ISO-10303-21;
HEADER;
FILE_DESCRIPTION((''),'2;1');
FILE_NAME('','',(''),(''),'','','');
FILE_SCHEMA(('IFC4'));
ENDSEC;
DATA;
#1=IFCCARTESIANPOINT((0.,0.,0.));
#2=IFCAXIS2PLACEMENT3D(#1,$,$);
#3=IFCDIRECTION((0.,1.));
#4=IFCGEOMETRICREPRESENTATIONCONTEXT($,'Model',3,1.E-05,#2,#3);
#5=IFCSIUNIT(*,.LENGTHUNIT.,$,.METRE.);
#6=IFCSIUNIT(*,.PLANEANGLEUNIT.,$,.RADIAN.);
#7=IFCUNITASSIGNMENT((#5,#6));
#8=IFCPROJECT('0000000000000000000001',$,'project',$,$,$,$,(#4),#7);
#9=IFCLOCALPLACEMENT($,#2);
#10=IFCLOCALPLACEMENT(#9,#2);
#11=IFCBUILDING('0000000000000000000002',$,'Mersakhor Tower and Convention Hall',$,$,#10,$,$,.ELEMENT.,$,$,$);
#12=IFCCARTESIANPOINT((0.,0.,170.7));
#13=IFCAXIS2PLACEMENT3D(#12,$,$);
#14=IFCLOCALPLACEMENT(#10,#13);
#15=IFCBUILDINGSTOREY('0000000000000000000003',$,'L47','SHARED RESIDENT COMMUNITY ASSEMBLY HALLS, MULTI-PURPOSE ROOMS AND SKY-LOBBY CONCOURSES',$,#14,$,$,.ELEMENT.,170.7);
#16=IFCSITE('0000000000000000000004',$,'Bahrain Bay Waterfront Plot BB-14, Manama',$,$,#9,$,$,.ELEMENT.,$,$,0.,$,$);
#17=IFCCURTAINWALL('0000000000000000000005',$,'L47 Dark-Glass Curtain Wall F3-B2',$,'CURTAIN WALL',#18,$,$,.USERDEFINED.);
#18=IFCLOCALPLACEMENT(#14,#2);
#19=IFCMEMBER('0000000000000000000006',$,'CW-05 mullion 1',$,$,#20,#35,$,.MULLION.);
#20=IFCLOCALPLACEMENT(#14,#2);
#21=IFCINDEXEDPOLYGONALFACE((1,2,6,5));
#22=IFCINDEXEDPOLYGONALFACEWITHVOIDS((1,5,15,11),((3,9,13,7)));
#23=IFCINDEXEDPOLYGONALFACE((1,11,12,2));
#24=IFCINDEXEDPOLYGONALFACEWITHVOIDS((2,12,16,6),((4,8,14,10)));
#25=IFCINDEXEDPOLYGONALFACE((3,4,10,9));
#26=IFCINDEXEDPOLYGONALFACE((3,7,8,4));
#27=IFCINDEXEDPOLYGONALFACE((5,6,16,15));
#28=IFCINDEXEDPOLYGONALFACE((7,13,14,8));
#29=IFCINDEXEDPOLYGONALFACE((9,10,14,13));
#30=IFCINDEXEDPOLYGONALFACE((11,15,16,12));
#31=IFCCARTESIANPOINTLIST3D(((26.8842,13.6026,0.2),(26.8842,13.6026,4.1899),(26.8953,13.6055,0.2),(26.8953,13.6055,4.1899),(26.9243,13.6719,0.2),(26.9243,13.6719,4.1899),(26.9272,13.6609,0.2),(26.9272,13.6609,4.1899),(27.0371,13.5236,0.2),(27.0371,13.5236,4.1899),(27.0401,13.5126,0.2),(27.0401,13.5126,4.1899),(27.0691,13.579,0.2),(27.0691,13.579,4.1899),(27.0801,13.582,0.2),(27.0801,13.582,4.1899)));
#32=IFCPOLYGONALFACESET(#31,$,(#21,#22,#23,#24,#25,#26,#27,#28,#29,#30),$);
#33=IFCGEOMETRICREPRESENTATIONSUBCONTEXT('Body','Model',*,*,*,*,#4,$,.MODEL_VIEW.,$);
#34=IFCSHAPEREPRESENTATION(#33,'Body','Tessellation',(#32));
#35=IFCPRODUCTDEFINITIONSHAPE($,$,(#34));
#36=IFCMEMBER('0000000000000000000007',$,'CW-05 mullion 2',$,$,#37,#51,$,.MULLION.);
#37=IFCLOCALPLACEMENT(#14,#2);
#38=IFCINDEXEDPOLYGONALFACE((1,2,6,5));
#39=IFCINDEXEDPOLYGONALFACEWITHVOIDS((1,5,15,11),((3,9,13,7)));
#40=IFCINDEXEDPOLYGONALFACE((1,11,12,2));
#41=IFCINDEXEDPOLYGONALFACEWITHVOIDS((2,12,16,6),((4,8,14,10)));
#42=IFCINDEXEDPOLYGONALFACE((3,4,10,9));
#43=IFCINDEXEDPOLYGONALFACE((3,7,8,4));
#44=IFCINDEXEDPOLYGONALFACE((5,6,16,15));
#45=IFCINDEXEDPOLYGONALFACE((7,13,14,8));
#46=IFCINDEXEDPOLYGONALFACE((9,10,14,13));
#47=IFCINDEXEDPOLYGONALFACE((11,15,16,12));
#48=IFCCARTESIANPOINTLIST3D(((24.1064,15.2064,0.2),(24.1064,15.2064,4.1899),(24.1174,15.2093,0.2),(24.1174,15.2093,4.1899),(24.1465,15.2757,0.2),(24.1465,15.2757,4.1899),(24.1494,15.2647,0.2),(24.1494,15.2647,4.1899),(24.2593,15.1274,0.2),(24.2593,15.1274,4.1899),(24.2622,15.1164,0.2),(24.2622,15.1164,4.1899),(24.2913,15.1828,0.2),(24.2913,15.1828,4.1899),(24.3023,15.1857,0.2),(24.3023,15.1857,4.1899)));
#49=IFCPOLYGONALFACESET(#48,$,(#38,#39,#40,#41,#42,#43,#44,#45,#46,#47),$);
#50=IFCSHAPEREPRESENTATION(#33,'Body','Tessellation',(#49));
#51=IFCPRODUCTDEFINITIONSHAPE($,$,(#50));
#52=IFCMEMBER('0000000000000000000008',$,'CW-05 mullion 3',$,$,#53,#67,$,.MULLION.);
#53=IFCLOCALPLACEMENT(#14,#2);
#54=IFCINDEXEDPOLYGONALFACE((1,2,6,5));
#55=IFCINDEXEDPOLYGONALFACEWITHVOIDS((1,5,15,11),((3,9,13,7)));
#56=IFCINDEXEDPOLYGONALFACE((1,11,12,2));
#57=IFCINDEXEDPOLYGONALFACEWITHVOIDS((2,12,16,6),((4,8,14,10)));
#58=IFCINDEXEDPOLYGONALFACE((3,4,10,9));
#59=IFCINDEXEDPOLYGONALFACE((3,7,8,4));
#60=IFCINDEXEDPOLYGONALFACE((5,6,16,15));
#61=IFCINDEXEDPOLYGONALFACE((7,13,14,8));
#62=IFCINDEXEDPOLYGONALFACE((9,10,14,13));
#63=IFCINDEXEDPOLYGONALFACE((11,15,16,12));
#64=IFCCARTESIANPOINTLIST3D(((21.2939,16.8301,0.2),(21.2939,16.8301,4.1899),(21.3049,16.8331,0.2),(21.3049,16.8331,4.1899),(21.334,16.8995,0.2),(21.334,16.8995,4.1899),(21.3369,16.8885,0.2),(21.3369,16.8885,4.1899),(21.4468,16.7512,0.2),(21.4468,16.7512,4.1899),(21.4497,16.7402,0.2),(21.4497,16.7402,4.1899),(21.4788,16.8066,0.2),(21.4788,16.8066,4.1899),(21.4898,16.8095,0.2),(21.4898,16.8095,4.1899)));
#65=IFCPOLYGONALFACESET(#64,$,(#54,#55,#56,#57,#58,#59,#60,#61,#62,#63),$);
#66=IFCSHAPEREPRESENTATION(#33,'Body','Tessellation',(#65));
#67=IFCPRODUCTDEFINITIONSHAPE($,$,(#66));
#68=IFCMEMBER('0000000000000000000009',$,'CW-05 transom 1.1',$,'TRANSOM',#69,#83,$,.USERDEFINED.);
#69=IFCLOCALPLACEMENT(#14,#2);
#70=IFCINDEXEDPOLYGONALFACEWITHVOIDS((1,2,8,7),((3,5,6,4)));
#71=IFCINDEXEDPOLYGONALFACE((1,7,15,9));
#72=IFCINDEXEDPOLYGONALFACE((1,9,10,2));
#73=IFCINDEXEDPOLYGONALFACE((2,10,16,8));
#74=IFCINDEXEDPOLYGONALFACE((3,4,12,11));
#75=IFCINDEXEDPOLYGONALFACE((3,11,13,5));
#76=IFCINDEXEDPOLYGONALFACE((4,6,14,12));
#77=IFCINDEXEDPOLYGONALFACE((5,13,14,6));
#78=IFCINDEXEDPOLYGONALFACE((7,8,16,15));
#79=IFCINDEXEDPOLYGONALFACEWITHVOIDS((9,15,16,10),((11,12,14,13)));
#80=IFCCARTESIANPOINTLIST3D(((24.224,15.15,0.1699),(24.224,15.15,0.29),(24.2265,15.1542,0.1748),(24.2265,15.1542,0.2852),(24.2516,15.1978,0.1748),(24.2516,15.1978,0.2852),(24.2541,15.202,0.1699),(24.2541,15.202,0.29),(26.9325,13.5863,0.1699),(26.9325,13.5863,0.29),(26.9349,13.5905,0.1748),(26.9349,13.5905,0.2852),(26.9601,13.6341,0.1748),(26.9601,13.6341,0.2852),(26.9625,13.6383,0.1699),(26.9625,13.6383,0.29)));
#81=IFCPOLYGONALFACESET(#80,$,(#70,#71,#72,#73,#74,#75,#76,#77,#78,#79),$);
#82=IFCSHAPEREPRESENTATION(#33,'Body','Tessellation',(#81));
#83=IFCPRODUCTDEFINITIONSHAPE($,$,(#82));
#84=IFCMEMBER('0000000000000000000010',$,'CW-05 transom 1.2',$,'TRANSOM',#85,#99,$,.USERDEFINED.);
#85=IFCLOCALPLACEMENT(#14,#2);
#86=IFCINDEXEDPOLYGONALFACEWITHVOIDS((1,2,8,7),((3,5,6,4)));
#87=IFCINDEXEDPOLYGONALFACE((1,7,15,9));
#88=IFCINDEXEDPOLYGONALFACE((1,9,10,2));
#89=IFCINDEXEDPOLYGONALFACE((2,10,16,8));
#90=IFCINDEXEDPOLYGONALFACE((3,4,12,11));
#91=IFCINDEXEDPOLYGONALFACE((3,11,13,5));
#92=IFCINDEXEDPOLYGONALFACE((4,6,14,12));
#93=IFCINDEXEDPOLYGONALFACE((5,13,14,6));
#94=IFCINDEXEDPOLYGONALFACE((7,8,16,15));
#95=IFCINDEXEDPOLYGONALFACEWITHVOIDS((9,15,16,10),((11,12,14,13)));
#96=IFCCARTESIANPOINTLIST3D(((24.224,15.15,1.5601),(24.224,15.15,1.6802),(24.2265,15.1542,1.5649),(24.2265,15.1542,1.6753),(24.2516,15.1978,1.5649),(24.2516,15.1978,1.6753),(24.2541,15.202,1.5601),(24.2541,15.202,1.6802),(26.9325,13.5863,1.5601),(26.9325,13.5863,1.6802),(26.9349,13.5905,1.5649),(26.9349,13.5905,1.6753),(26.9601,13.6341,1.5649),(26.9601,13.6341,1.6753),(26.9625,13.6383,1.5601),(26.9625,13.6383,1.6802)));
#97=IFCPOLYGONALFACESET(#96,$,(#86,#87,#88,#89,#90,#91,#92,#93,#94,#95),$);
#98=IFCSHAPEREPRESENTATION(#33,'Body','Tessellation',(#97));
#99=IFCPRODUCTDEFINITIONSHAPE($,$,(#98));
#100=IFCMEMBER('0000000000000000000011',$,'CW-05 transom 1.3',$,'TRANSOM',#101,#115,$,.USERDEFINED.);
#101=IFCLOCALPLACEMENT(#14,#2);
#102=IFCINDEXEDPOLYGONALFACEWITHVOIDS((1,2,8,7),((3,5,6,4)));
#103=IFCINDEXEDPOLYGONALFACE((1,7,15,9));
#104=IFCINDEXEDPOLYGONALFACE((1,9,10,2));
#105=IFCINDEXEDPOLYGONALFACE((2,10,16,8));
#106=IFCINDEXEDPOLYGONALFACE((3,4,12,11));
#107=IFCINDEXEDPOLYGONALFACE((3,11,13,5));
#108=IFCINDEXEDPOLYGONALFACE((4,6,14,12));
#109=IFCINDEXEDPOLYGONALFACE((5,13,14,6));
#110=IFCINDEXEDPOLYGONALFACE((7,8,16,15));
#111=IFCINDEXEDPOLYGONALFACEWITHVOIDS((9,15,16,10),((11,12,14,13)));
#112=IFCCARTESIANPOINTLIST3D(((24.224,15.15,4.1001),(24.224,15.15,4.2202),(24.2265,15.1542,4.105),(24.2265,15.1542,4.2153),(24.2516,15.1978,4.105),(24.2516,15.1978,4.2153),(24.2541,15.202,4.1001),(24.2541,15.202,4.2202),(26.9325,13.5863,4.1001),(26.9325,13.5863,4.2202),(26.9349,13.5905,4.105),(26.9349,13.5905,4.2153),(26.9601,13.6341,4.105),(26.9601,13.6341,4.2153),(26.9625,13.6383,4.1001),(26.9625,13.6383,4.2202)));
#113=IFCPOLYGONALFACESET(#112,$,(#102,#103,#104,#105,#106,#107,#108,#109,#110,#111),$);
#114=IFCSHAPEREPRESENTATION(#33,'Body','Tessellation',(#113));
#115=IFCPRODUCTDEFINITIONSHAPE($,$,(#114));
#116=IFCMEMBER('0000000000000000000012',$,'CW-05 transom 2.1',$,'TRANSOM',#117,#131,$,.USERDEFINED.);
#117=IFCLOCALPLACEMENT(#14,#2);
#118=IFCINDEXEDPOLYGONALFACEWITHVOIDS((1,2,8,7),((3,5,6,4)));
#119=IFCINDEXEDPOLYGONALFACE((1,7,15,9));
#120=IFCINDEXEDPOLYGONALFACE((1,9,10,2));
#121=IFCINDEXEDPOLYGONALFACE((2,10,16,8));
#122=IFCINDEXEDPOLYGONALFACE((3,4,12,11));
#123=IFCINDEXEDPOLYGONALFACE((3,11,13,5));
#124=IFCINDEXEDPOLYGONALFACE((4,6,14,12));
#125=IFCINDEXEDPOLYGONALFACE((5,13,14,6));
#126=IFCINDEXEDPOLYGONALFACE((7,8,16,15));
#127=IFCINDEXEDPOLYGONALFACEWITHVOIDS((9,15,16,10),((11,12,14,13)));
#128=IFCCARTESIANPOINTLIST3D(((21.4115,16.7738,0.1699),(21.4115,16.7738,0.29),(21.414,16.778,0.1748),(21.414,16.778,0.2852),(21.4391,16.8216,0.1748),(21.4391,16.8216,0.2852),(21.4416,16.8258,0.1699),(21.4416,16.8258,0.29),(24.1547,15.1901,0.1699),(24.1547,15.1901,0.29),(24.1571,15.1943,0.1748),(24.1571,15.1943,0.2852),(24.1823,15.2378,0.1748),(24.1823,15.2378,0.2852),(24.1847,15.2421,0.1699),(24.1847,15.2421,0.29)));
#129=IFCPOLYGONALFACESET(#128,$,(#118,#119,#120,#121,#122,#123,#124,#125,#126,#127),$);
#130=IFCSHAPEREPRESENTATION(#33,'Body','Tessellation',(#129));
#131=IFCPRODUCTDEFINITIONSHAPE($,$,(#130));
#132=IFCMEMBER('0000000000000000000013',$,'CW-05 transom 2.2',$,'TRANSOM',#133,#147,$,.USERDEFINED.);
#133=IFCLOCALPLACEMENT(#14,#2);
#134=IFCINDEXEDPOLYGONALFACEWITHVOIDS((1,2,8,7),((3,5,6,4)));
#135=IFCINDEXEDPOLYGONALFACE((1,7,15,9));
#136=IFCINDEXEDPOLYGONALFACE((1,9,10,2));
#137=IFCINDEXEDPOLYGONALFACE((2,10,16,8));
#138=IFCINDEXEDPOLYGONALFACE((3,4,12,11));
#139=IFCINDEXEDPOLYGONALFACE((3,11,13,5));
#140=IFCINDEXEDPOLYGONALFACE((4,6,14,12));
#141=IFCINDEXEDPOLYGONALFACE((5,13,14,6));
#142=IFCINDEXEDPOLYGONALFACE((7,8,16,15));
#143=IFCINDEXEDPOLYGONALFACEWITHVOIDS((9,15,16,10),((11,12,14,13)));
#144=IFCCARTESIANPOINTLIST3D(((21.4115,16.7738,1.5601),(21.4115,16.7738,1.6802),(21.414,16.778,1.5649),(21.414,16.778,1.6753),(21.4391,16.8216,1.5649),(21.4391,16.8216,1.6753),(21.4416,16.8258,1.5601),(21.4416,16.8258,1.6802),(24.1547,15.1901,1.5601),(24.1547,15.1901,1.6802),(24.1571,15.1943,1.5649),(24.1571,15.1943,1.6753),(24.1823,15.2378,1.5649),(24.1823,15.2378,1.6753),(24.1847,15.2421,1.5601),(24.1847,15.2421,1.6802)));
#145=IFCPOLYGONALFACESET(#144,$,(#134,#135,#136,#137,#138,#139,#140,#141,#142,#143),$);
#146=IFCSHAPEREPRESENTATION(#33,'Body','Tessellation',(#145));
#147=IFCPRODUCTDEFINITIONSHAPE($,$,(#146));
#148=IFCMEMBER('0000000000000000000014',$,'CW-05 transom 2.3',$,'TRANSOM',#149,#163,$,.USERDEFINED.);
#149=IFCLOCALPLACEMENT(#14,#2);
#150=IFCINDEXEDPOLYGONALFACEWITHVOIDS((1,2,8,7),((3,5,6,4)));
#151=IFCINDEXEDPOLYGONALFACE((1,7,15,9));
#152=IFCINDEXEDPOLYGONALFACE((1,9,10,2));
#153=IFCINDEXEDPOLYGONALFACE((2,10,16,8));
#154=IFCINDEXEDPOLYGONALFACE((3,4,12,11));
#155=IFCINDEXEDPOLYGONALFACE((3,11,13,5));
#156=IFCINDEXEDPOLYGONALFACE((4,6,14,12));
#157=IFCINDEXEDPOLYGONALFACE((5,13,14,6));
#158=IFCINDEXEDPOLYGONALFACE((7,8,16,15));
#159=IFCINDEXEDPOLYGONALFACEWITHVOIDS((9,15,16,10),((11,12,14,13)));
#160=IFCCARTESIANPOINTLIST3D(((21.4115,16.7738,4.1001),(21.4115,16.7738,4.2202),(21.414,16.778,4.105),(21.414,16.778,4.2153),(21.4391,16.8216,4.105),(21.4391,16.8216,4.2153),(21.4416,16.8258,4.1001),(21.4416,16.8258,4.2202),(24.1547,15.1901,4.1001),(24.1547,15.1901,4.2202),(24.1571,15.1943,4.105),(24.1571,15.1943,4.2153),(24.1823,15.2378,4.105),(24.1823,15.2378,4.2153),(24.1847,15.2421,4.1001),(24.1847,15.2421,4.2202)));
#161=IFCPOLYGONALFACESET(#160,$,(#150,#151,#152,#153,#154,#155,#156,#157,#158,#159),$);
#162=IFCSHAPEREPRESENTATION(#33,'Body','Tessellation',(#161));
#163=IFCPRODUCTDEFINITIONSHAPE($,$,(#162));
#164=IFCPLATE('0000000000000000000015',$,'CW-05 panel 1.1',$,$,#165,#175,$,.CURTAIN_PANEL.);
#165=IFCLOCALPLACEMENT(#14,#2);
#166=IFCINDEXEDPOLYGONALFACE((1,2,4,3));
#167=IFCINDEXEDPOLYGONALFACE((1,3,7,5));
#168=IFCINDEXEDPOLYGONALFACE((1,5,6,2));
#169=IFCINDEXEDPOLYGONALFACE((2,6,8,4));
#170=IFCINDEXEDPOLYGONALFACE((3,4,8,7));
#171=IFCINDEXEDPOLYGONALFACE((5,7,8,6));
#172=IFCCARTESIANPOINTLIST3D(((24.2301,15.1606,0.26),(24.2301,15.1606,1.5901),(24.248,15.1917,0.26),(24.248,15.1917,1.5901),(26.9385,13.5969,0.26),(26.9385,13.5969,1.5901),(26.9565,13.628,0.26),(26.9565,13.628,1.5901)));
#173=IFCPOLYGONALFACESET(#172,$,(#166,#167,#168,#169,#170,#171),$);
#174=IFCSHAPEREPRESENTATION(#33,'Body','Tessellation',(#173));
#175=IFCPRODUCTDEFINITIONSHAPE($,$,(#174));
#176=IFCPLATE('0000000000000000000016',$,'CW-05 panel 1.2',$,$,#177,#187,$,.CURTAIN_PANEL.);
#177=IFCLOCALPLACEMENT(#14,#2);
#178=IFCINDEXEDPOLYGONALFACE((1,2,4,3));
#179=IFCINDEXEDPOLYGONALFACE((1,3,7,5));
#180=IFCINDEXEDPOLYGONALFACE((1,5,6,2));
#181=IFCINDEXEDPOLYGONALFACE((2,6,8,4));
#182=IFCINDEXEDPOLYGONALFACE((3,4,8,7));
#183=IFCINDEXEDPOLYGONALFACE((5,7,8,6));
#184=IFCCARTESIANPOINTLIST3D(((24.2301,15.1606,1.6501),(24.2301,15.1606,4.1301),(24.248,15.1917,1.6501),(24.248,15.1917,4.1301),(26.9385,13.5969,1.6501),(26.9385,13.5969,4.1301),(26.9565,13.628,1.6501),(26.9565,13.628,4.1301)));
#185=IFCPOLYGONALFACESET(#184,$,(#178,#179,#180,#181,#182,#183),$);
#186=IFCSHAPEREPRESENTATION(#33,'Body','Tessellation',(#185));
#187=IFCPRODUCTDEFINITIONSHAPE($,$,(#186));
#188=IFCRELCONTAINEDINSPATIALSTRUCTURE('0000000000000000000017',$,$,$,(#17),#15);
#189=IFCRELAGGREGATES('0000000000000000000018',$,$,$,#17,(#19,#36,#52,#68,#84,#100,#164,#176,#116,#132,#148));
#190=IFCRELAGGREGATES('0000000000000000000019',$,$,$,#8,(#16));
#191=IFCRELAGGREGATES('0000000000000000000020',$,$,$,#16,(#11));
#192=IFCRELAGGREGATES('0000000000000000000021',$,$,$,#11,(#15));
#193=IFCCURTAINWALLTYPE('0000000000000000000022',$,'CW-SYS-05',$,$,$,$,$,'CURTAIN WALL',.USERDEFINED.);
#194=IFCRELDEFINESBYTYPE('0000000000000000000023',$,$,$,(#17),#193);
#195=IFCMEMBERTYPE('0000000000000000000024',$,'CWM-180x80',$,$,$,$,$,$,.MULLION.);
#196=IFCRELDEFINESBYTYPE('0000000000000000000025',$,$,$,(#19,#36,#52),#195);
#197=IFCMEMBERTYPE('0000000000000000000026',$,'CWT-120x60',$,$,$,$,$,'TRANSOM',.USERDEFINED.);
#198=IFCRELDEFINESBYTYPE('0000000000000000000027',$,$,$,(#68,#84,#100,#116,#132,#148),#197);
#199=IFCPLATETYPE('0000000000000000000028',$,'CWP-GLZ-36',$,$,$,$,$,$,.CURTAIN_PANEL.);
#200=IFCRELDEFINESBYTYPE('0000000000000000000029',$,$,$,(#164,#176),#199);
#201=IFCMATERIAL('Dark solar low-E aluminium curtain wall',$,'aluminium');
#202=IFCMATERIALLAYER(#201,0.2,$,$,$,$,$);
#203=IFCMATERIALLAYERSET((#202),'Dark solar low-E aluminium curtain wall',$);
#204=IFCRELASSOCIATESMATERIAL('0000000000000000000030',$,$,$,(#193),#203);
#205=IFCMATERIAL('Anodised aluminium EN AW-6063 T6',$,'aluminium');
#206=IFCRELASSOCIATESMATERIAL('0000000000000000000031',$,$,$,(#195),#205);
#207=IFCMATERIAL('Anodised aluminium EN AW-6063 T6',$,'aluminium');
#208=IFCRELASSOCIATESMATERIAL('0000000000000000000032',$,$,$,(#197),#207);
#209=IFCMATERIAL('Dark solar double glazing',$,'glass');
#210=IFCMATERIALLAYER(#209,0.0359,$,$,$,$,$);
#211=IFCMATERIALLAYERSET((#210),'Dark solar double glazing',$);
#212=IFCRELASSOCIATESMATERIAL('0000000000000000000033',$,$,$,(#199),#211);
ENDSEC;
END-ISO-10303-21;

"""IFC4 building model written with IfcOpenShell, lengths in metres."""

from ifc_helpers import new_model, si_unit, direction, frame, origin, origin_2d, place, context, subcontext, project, spatial, rectangle, hollow_rectangle, extrude, material, layer, layer_set, material_profile, profile_set, type_object, element, aggregate, save


model = new_model("IFC4")

# Units and contexts
model_context = context("Model", 3, precision=1e-05, world=origin(), true_north=direction((0.0, 1.0)))
body_context = subcontext(model_context, "Body", "Model", "MODEL_VIEW")
ifc_project = project(units=[si_unit("LENGTHUNIT", "METRE"), si_unit("PLANEANGLEUNIT", "RADIAN")], contexts=[model_context])

# Site, building, storey
site_placement = place(None, origin())
site = spatial("IfcSite", under=ifc_project, at=site_placement, Name="Bahrain Bay Waterfront Plot BB-14, Manama", CompositionType="ELEMENT", RefElevation=0.0)
building_placement = place(site_placement, origin())
building = spatial("IfcBuilding", under=site, at=building_placement, Name="Mersakhor Tower and Convention Hall", CompositionType="ELEMENT")
storey_placement = place(building_placement, frame((0.0, 0.0, 170.7)))
storey = spatial("IfcBuildingStorey", under=building, at=storey_placement, Name="L47", Description="SHARED RESIDENT COMMUNITY ASSEMBLY HALLS, MULTI-PURPOSE ROOMS AND SKY-LOBBY CONCOURSES", CompositionType="ELEMENT", Elevation=170.7)

# Curtain wall, members, plates
ifc_material_1 = material(Name="Dark solar low-E aluminium curtain wall", Category="aluminium")
ifc_layer_1 = layer(ifc_material_1, 0.2)
ifc_layer_set_1 = layer_set([ifc_layer_1], Name="Dark solar low-E aluminium curtain wall")
curtain_wall_type = type_object("IfcCurtainWallType", Name="CW-SYS-05", ElementType="CURTAIN WALL", PredefinedType="USERDEFINED", material=ifc_layer_set_1)
curtain_wall_placement = place(storey_placement, origin())
curtain_wall = element("IfcCurtainWall", 1, at=curtain_wall_placement, inside=storey, type_object=curtain_wall_type, Name="L47 Dark-Glass Curtain Wall F3-B2", ObjectType="CURTAIN WALL", PredefinedType="USERDEFINED")
ifc_material_2 = material(Name="Anodised aluminium EN AW-6063 T6", Category="aluminium")
ifc_material_profile_1 = material_profile(ifc_material_2, hollow_rectangle(XDim=0.0801, YDim=0.1799, WallThickness=0.0081, at=origin_2d()), Name="RHS 180x80x8")
ifc_profile_set_1 = profile_set([ifc_material_profile_1], Name="Anodised aluminium EN AW-6063 T6")
member_type_1 = type_object("IfcMemberType", Name="CWM-180x80", PredefinedType="MULLION", material=ifc_profile_set_1)
member_1_placement = place(storey_placement, frame((26.9822, 13.5923, 0.2), z_axis=(0.0, 0.0, 1.0), x_axis=(-0.499998, -0.866026, 0.0)))
member_1 = element("IfcMember", 2, at=member_1_placement, type_object=member_type_1, Name="CW-05 mullion 1", PredefinedType="MULLION", context=body_context, shape_type="SweptSolid", body=[
    extrude(hollow_rectangle(XDim=0.0801, YDim=0.1799, WallThickness=0.0081, at=origin_2d()), origin(), (0.0, 0.0, 1.0), 3.99),
])
member_2_placement = place(storey_placement, frame((24.2043, 15.196, 0.2), z_axis=(0.0, 0.0, 1.0), x_axis=(-0.499998, -0.866026, 0.0)))
member_2 = element("IfcMember", 3, at=member_2_placement, type_object=member_type_1, Name="CW-05 mullion 2", PredefinedType="MULLION", context=body_context, shape_type="SweptSolid", body=[
    extrude(hollow_rectangle(XDim=0.0801, YDim=0.1799, WallThickness=0.0081, at=origin_2d()), origin(), (0.0, 0.0, 1.0), 3.99),
])
member_3_placement = place(storey_placement, frame((21.3918, 16.8198, 0.2), z_axis=(0.0, 0.0, 1.0), x_axis=(-0.499998, -0.866026, 0.0)))
member_3 = element("IfcMember", 4, at=member_3_placement, type_object=member_type_1, Name="CW-05 mullion 3", PredefinedType="MULLION", context=body_context, shape_type="SweptSolid", body=[
    extrude(hollow_rectangle(XDim=0.0801, YDim=0.1799, WallThickness=0.0081, at=origin_2d()), origin(), (0.0, 0.0, 1.0), 3.99),
])
ifc_material_3 = material(Name="Anodised aluminium EN AW-6063 T6", Category="aluminium")
ifc_material_profile_2 = material_profile(ifc_material_3, hollow_rectangle(XDim=0.0601, YDim=0.1201, WallThickness=0.0049, at=origin_2d()), Name="RHS 120x60x5")
ifc_profile_set_2 = profile_set([ifc_material_profile_2], Name="Anodised aluminium EN AW-6063 T6")
member_type_2 = type_object("IfcMemberType", Name="CWT-120x60", ElementType="TRANSOM", PredefinedType="USERDEFINED", material=ifc_profile_set_2)
member_4_placement = place(storey_placement, frame((26.9475, 13.6123, 0.23), z_axis=(-0.86603, 0.499993, 0.0), x_axis=(-0.499993, -0.86603, 0.0)))
member_4 = element("IfcMember", 5, at=member_4_placement, type_object=member_type_2, Name="CW-05 transom 1.1", ObjectType="TRANSOM", PredefinedType="USERDEFINED", context=body_context, shape_type="SweptSolid", body=[
    extrude(hollow_rectangle(XDim=0.0601, YDim=0.1201, WallThickness=0.0049, at=origin_2d()), origin(), (0.0, 0.0, 1.0), 3.1274),
])
member_5_placement = place(storey_placement, frame((26.9475, 13.6123, 1.6201), z_axis=(-0.86603, 0.499993, 0.0), x_axis=(-0.499993, -0.86603, 0.0)))
member_5 = element("IfcMember", 6, at=member_5_placement, type_object=member_type_2, Name="CW-05 transom 1.2", ObjectType="TRANSOM", PredefinedType="USERDEFINED", context=body_context, shape_type="SweptSolid", body=[
    extrude(hollow_rectangle(XDim=0.0601, YDim=0.1201, WallThickness=0.0049, at=origin_2d()), origin(), (0.0, 0.0, 1.0), 3.1274),
])
member_6_placement = place(storey_placement, frame((26.9475, 13.6123, 4.1602), z_axis=(-0.86603, 0.499993, 0.0), x_axis=(-0.499993, -0.86603, 0.0)))
member_6 = element("IfcMember", 7, at=member_6_placement, type_object=member_type_2, Name="CW-05 transom 1.3", ObjectType="TRANSOM", PredefinedType="USERDEFINED", context=body_context, shape_type="SweptSolid", body=[
    extrude(hollow_rectangle(XDim=0.0601, YDim=0.1201, WallThickness=0.0049, at=origin_2d()), origin(), (0.0, 0.0, 1.0), 3.1274),
])
member_7_placement = place(storey_placement, frame((24.1697, 15.2161, 0.23), z_axis=(-0.866029, 0.499994, 0.0), x_axis=(-0.499994, -0.866029, 0.0)))
member_7 = element("IfcMember", 8, at=member_7_placement, type_object=member_type_2, Name="CW-05 transom 2.1", ObjectType="TRANSOM", PredefinedType="USERDEFINED", context=body_context, shape_type="SweptSolid", body=[
    extrude(hollow_rectangle(XDim=0.0601, YDim=0.1201, WallThickness=0.0049, at=origin_2d()), origin(), (0.0, 0.0, 1.0), 3.1675),
])
member_8_placement = place(storey_placement, frame((24.1697, 15.2161, 1.6201), z_axis=(-0.866029, 0.499994, 0.0), x_axis=(-0.499994, -0.866029, 0.0)))
member_8 = element("IfcMember", 9, at=member_8_placement, type_object=member_type_2, Name="CW-05 transom 2.2", ObjectType="TRANSOM", PredefinedType="USERDEFINED", context=body_context, shape_type="SweptSolid", body=[
    extrude(hollow_rectangle(XDim=0.0601, YDim=0.1201, WallThickness=0.0049, at=origin_2d()), origin(), (0.0, 0.0, 1.0), 3.1675),
])
member_9_placement = place(storey_placement, frame((24.1697, 15.2161, 4.1602), z_axis=(-0.866029, 0.499994, 0.0), x_axis=(-0.499994, -0.866029, 0.0)))
member_9 = element("IfcMember", 10, at=member_9_placement, type_object=member_type_2, Name="CW-05 transom 2.3", ObjectType="TRANSOM", PredefinedType="USERDEFINED", context=body_context, shape_type="SweptSolid", body=[
    extrude(hollow_rectangle(XDim=0.0601, YDim=0.1201, WallThickness=0.0049, at=origin_2d()), origin(), (0.0, 0.0, 1.0), 3.1675),
])
ifc_material_4 = material(Name="Dark solar double glazing", Category="glass")
ifc_layer_2 = layer(ifc_material_4, 0.0359)
ifc_layer_set_2 = layer_set([ifc_layer_2], Name="Dark solar double glazing")
plate_type_1 = type_object("IfcPlateType", Name="CWP-GLZ-36", PredefinedType="CURTAIN_PANEL", material=ifc_layer_set_2)
plate_1_placement = place(storey_placement, frame((25.5933, 14.3943, 0.26), z_axis=(0.0, 0.0, 1.0), x_axis=(-0.866026, 0.499998, 0.0)))
plate_1 = element("IfcPlate", 11, at=plate_1_placement, type_object=plate_type_1, Name="CW-05 panel 1.1", PredefinedType="CURTAIN_PANEL", context=body_context, shape_type="SweptSolid", body=[
    extrude(rectangle(XDim=3.1274, YDim=0.0359, at=origin_2d()), origin(), (0.0, 0.0, 1.0), 1.3301),
])
plate_2_placement = place(storey_placement, frame((25.5933, 14.3943, 1.6501), z_axis=(0.0, 0.0, 1.0), x_axis=(-0.866026, 0.499998, 0.0)))
plate_2 = element("IfcPlate", 12, at=plate_2_placement, type_object=plate_type_1, Name="CW-05 panel 1.2", PredefinedType="CURTAIN_PANEL", context=body_context, shape_type="SweptSolid", body=[
    extrude(rectangle(XDim=3.1274, YDim=0.0359, at=origin_2d()), origin(), (0.0, 0.0, 1.0), 2.48),
])
aggregate(curtain_wall, [member_1, member_2, member_3, member_4, member_5, member_6, plate_1, plate_2, member_7, member_8, member_9])

save(model, "model.ifc")
